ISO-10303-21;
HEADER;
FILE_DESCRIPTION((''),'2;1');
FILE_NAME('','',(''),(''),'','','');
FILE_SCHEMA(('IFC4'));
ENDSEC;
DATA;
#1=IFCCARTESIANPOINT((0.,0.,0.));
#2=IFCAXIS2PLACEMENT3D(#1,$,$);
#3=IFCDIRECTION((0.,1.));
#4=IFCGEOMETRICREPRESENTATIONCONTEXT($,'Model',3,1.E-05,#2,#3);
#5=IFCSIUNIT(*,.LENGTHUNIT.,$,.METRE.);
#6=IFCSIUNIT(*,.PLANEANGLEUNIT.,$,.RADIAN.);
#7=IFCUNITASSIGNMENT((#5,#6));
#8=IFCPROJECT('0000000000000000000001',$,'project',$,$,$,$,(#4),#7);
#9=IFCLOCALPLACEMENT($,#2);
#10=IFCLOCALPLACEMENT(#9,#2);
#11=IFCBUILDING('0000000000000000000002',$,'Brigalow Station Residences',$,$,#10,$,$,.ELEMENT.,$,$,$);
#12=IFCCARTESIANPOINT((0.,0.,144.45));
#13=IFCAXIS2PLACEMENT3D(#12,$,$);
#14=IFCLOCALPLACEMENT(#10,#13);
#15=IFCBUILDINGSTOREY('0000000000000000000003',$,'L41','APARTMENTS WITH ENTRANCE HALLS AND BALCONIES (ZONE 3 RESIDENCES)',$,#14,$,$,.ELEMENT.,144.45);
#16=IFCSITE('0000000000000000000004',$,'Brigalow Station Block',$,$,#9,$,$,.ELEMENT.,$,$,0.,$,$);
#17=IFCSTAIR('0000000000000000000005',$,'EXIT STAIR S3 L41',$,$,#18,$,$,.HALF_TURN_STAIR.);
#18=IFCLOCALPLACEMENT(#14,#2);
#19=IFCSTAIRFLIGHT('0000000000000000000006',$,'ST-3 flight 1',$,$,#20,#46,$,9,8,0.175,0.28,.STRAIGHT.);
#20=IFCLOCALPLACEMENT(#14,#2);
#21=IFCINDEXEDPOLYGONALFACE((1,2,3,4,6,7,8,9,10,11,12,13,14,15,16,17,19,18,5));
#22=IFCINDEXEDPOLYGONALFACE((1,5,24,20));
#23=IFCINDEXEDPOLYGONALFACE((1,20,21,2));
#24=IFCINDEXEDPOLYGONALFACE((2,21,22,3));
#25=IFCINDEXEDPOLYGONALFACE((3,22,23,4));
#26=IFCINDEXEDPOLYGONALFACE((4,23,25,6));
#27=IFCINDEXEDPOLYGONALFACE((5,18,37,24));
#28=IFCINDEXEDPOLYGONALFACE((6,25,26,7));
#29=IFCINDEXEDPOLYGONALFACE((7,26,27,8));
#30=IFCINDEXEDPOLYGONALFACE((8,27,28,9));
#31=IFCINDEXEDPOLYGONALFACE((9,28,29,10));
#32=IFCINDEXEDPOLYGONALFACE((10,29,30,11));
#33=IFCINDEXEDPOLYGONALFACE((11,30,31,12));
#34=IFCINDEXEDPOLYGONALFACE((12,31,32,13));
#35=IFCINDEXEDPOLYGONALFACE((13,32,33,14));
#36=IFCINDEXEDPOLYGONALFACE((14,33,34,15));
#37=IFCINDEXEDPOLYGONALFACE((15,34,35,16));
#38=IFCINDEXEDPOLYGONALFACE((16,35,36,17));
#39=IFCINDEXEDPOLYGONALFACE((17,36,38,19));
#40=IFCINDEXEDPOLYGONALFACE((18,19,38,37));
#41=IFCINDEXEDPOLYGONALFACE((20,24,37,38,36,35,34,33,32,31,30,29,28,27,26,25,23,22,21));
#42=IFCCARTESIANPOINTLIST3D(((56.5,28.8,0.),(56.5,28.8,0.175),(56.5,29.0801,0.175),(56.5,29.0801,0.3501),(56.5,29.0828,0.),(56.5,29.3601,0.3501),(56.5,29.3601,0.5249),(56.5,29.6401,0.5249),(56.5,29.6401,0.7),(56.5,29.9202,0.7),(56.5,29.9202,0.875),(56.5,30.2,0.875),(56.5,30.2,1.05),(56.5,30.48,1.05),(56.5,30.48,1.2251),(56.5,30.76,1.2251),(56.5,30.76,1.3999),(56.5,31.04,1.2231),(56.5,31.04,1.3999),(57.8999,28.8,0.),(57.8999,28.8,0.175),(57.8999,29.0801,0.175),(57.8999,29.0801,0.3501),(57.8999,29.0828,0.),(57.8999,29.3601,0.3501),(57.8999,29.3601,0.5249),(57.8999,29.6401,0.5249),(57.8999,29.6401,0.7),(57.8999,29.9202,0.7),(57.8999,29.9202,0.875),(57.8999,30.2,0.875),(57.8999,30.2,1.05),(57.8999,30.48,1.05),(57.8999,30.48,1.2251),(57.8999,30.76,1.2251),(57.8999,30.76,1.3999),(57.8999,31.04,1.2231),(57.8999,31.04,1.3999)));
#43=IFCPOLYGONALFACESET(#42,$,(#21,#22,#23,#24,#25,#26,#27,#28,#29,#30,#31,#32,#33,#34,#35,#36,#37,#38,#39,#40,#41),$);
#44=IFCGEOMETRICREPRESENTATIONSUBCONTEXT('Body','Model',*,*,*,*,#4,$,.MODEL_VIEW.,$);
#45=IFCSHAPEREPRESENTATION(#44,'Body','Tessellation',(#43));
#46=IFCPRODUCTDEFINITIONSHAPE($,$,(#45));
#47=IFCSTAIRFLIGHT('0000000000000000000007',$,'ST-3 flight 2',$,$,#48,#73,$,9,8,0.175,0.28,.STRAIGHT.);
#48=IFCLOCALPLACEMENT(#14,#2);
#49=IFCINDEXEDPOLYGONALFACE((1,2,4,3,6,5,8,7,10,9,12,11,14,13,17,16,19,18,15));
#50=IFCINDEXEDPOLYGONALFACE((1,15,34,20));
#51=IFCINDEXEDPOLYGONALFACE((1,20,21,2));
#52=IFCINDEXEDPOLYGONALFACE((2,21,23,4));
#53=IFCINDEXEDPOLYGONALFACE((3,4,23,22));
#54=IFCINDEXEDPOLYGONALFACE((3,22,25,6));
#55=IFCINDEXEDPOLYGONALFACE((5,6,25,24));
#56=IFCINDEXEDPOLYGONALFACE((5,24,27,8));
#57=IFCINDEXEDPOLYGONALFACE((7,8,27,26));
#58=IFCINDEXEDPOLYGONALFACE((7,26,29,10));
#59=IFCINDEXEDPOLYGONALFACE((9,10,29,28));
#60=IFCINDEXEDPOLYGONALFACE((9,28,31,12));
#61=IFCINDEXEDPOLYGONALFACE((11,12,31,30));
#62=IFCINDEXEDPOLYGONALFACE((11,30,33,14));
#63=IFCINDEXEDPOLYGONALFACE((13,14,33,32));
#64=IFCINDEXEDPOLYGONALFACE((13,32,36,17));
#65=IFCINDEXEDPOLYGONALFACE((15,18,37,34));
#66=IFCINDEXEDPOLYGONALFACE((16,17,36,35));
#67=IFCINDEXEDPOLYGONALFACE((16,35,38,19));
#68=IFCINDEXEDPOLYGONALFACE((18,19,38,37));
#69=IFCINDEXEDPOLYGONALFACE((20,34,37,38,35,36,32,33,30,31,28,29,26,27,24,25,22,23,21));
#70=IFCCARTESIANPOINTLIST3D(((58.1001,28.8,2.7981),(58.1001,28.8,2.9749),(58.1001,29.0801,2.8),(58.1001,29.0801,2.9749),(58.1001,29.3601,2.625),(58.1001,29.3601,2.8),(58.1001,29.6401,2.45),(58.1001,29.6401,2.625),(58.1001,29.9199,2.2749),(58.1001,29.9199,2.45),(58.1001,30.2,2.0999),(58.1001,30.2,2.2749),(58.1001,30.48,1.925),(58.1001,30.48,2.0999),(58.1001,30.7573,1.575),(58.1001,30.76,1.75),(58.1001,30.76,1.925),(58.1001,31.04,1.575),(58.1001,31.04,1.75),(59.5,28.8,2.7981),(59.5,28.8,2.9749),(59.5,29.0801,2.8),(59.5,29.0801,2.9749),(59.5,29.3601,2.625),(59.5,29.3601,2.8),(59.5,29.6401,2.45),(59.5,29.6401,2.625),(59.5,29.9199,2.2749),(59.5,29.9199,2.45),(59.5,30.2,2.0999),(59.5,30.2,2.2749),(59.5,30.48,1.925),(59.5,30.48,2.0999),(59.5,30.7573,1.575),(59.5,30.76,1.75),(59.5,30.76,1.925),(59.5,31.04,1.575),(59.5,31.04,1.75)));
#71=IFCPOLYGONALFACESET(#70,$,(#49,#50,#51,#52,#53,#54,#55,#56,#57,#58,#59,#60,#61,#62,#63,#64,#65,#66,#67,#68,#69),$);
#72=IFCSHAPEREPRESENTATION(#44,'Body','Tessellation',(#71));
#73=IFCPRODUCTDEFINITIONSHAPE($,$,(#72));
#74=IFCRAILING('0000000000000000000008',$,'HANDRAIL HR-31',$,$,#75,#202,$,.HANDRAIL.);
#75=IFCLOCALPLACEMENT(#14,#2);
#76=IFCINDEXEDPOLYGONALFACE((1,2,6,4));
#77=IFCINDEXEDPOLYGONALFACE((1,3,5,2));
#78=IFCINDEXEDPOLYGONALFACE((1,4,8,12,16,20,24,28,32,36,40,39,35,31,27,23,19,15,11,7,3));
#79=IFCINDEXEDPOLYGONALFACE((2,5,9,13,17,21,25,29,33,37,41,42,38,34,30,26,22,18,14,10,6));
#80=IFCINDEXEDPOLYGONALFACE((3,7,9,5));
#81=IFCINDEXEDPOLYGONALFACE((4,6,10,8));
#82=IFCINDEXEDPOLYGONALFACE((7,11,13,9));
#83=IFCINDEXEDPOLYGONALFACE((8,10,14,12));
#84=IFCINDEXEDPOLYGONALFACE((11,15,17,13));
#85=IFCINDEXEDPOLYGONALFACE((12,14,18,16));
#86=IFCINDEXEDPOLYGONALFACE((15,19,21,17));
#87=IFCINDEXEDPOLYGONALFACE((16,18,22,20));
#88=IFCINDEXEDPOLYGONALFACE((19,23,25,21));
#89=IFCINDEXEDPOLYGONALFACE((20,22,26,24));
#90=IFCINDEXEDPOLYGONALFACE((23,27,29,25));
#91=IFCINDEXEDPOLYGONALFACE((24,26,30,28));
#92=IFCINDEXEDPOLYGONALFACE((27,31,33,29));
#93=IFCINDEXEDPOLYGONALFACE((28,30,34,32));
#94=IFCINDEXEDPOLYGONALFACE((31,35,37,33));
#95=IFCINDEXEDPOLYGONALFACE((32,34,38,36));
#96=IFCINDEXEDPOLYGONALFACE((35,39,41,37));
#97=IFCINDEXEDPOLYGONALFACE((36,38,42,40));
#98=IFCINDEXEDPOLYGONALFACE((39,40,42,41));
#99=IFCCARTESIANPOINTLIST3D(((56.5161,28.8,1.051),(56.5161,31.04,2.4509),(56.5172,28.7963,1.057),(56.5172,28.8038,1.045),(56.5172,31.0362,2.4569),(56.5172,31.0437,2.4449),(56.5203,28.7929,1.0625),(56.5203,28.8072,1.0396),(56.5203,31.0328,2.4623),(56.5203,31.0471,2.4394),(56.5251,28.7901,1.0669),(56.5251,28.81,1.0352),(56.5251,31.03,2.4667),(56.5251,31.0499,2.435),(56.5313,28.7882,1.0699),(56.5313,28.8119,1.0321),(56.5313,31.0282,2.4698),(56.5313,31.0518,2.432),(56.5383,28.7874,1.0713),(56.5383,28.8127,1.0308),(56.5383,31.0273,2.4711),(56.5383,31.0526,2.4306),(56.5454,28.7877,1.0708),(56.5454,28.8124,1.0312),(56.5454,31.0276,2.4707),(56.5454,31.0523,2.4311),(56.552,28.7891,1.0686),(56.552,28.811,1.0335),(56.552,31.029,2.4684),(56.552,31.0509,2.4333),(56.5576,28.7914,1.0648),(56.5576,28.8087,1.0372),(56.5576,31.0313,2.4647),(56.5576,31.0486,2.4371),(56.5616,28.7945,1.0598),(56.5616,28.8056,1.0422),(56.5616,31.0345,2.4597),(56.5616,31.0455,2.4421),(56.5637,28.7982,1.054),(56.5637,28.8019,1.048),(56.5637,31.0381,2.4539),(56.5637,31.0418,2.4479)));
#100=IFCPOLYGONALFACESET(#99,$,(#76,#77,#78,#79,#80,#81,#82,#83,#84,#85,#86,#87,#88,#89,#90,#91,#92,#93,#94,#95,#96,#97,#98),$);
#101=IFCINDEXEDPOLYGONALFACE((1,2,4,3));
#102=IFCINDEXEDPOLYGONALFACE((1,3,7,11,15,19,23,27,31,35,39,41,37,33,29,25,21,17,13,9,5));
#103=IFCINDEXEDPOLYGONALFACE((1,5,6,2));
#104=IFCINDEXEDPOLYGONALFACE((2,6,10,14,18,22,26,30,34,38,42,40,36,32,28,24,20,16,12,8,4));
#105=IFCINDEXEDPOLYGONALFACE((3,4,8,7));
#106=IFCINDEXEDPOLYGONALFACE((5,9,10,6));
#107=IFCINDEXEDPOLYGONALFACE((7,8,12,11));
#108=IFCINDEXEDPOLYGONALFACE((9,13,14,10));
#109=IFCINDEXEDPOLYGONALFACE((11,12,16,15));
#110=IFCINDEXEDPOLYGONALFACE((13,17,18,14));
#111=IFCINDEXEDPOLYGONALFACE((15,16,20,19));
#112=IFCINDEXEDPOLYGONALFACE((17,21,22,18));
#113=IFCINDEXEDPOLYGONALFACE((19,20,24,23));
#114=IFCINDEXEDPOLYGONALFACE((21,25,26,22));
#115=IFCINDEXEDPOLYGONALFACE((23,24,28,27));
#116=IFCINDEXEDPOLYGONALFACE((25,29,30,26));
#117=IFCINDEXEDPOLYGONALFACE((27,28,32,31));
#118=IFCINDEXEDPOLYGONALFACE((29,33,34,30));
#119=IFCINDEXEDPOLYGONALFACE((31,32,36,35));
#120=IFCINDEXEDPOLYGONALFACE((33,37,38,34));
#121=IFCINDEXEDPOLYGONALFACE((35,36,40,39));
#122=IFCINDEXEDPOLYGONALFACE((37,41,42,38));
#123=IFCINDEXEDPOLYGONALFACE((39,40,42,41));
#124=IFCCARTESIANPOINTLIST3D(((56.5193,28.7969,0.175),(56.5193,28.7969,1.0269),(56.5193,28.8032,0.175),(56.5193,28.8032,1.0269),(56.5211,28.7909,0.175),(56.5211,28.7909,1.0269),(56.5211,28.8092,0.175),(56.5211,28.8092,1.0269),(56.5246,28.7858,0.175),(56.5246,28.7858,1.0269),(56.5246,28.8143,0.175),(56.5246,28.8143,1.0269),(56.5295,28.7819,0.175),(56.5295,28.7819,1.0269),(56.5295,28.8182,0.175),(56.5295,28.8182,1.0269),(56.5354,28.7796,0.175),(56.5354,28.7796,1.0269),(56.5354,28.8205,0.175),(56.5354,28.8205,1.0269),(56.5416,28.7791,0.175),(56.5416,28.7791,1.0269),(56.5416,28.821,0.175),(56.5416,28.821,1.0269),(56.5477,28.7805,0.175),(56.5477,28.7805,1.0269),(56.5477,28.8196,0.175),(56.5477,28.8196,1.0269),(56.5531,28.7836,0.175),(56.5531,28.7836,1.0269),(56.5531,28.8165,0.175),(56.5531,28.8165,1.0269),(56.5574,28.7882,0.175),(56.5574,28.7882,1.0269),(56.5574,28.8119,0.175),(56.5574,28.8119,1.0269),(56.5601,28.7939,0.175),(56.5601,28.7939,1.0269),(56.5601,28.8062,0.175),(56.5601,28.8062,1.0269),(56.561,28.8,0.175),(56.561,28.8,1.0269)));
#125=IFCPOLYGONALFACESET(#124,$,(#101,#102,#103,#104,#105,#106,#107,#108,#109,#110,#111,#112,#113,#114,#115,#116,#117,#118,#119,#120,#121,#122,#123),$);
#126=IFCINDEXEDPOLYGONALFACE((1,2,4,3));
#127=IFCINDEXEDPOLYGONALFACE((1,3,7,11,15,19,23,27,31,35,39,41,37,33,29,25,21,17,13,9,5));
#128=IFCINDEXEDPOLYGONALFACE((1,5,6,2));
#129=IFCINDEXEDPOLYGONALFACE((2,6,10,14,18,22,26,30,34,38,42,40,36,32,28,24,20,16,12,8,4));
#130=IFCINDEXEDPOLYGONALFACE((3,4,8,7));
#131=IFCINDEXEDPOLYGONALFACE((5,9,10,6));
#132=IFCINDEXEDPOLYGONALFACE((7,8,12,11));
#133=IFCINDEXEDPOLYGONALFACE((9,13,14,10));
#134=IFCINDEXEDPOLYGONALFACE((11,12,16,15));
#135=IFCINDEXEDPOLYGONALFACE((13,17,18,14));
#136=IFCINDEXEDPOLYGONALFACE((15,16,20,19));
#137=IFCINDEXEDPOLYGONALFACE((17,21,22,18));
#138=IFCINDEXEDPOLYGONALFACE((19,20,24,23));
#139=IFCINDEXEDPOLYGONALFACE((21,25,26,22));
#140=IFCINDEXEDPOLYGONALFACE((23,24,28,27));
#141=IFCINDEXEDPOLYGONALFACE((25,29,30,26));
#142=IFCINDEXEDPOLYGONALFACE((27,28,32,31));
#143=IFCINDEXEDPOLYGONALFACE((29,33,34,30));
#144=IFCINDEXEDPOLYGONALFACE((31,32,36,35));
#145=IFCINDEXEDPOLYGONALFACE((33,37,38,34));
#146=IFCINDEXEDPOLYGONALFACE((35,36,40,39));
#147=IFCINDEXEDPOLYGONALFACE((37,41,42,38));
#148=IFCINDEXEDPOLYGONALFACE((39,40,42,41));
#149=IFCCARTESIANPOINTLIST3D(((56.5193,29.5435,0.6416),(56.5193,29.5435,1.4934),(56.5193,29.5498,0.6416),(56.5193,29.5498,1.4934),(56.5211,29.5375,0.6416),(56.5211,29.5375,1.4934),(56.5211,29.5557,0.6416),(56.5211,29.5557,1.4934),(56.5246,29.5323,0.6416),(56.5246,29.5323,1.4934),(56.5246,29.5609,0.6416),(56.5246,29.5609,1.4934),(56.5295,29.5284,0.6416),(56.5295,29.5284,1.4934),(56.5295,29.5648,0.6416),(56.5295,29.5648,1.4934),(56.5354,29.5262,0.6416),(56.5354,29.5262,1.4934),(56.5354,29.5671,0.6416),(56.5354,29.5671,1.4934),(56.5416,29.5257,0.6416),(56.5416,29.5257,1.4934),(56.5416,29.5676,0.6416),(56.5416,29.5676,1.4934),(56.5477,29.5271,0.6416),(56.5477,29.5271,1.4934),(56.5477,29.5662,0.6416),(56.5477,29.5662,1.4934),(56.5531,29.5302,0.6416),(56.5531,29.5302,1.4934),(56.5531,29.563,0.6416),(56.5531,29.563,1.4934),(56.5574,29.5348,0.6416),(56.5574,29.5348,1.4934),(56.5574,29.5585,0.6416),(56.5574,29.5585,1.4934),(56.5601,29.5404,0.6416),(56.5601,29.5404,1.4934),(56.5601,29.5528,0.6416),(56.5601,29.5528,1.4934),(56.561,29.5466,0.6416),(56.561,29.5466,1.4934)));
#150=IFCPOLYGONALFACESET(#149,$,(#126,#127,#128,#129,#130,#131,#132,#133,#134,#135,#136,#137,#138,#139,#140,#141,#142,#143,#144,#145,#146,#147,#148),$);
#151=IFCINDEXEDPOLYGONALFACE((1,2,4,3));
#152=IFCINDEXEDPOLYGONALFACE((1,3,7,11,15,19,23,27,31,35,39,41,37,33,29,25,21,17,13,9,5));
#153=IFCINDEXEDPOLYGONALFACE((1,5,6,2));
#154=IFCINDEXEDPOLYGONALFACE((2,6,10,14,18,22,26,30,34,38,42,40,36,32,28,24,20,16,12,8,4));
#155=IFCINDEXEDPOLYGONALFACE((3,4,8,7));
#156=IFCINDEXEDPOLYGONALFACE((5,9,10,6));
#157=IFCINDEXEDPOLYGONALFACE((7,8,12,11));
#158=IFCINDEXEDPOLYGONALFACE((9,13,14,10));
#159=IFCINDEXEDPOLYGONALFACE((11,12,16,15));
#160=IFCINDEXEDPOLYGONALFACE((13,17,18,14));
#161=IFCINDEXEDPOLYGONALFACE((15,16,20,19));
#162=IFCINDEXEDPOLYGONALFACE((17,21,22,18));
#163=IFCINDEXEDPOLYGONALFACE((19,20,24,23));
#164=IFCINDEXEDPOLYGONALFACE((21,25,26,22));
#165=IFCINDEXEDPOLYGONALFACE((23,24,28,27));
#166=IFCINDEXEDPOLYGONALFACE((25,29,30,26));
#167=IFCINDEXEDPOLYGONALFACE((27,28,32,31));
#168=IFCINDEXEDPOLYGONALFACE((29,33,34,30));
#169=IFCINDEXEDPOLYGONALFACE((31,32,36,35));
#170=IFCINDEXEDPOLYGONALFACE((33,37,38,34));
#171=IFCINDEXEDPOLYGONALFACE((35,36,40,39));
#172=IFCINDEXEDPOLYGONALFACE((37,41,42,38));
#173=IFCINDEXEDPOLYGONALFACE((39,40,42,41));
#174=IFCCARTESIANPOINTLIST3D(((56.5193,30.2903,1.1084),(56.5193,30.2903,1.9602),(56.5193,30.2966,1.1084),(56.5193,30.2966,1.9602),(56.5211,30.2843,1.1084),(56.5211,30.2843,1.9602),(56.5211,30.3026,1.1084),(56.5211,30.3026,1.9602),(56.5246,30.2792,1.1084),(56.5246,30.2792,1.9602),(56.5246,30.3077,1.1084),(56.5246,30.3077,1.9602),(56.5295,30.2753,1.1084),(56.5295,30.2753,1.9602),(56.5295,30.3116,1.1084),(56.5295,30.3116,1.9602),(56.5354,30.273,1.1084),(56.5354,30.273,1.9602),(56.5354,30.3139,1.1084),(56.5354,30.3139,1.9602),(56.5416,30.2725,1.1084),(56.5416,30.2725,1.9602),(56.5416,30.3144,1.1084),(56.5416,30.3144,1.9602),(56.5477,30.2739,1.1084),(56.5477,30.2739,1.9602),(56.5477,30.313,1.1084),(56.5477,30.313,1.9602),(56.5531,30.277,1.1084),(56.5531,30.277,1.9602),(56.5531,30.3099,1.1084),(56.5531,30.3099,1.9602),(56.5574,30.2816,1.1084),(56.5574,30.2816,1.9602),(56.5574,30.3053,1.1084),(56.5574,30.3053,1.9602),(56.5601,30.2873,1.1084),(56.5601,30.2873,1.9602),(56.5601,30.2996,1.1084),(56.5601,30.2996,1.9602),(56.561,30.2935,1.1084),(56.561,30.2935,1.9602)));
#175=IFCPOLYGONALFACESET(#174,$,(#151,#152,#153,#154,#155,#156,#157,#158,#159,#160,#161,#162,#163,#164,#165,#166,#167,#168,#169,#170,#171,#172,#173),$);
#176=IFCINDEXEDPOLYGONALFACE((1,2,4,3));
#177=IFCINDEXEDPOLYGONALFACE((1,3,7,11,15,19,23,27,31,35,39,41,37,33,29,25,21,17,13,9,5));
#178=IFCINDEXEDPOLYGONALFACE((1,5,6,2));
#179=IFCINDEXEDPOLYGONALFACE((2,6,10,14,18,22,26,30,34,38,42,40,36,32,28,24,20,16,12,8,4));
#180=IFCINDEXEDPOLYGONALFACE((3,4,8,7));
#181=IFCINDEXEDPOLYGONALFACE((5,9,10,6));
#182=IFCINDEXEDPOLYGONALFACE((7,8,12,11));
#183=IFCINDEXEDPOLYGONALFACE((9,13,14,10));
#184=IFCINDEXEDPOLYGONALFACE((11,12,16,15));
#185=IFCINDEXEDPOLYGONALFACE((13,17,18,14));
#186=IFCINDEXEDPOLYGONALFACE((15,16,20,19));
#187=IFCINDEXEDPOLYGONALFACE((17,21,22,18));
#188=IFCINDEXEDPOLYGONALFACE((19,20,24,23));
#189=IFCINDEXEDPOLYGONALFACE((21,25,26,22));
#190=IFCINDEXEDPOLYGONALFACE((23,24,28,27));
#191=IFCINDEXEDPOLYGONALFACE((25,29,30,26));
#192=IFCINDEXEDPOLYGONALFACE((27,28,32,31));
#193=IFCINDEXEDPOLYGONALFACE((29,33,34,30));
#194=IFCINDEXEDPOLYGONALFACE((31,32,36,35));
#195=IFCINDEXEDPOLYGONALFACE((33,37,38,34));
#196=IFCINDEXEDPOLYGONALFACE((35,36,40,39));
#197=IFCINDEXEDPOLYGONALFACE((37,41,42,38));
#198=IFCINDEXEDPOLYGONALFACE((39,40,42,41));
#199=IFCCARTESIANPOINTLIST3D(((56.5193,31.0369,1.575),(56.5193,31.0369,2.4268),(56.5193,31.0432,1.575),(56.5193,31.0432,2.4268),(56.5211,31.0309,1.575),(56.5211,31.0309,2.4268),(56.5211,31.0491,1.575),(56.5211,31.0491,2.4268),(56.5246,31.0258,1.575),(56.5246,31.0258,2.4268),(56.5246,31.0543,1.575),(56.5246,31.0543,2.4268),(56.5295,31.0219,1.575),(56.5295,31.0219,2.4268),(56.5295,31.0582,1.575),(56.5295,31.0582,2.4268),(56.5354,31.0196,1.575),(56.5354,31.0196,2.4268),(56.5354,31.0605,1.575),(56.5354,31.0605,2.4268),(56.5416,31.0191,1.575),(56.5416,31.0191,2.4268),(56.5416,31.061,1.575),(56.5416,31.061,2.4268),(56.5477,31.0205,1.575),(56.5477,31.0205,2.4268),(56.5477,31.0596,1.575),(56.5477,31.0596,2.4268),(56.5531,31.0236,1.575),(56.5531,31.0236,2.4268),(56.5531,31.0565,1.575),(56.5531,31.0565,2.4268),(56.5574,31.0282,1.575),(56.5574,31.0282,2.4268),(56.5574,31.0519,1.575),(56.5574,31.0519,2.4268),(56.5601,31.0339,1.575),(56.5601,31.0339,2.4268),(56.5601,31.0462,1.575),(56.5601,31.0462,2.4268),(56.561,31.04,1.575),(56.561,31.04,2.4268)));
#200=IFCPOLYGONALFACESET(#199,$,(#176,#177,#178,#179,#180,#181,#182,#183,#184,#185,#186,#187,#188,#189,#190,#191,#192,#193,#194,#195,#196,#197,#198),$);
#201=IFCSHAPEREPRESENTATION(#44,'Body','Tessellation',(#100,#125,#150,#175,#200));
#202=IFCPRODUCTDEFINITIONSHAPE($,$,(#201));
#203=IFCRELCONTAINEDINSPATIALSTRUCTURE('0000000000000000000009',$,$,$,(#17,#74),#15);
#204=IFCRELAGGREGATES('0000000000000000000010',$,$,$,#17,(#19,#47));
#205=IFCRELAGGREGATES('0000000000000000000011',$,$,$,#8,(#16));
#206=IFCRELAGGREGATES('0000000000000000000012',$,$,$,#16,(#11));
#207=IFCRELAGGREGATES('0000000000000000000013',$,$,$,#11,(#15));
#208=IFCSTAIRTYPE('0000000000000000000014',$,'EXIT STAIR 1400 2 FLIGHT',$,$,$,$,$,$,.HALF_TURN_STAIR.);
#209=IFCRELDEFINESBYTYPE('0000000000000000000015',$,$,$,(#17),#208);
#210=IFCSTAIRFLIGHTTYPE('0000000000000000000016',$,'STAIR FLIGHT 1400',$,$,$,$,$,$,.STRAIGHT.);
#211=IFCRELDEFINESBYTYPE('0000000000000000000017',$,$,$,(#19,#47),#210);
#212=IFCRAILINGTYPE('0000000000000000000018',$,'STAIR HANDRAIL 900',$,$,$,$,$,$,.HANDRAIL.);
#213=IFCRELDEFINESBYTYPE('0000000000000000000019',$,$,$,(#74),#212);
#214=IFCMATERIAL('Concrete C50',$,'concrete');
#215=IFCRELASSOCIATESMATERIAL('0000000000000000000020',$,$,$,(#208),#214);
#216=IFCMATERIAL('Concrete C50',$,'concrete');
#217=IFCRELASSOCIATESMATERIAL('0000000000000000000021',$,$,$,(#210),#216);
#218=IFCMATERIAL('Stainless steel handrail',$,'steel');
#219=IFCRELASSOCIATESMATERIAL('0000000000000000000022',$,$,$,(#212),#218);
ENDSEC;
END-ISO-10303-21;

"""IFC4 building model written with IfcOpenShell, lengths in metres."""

from ifc_helpers import new_model, si_unit, direction, frame, origin, origin_2d, place, context, subcontext, project, spatial, polyline, circle, outline, extrude, material, type_object, element, aggregate, save


model = new_model("IFC4")

# Units and contexts
model_context = context("Model", 3, precision=1e-05, world=origin(), true_north=direction((0.0, 1.0)))
body_context = subcontext(model_context, "Body", "Model", "MODEL_VIEW")
ifc_project = project(units=[si_unit("LENGTHUNIT", "METRE"), si_unit("PLANEANGLEUNIT", "RADIAN")], contexts=[model_context])

# Site, building, storey
site_placement = place(None, origin())
site = spatial("IfcSite", under=ifc_project, at=site_placement, Name="Brigalow Station Block", CompositionType="ELEMENT", RefElevation=0.0)
building_placement = place(site_placement, origin())
building = spatial("IfcBuilding", under=site, at=building_placement, Name="Brigalow Station Residences", CompositionType="ELEMENT")
storey_placement = place(building_placement, frame((0.0, 0.0, 144.45)))
storey = spatial("IfcBuildingStorey", under=building, at=storey_placement, Name="L41", Description="APARTMENTS WITH ENTRANCE HALLS AND BALCONIES (ZONE 3 RESIDENCES)", CompositionType="ELEMENT", Elevation=144.45)

# Stair, stair flights
ifc_material_1 = material(Name="Concrete C50", Category="concrete")
stair_type = type_object("IfcStairType", Name="EXIT STAIR 1400 2 FLIGHT", PredefinedType="HALF_TURN_STAIR", material=ifc_material_1)
stair_placement = place(storey_placement, origin())
stair = element("IfcStair", 1, at=stair_placement, inside=storey, type_object=stair_type, Name="EXIT STAIR S3 L41", PredefinedType="HALF_TURN_STAIR")
ifc_material_2 = material(Name="Concrete C50", Category="concrete")
stair_flight_type = type_object("IfcStairFlightType", Name="STAIR FLIGHT 1400", PredefinedType="STRAIGHT", material=ifc_material_2)
stair_flight_1_placement = place(storey_placement, frame((57.2, 28.8, 0.0), z_axis=(0.0, 0.0, 1.0), x_axis=(0.0, 1.0, 0.0)))
stair_flight_1 = element("IfcStairFlight", 2, at=stair_flight_1_placement, type_object=stair_flight_type, Name="ST-3 flight 1", NumberOfRisers=9, NumberOfTreads=8, PredefinedType="STRAIGHT", RiserHeight=0.175, TreadLength=0.28, context=body_context, shape_type="SweptSolid", body=[
    extrude(outline(polyline([(0.0, 0.0), (0.0, 0.175), (0.28, 0.175), (0.28, 0.3501), (0.5601, 0.3501), (0.5601, 0.5249), (0.8401, 0.5249), (0.8401, 0.7), (1.1201, 0.7), (1.1201, 0.875), (1.3999, 0.875), (1.3999, 1.05), (1.6799, 1.05), (1.6799, 1.2251), (1.96, 1.2251), (1.96, 1.3999), (2.24, 1.3999), (2.24, 1.575), (2.24, 1.2231), (0.2827, 0.0), (0.0, 0.0)])), frame((0.0, 0.7, 0.0), z_axis=(0.0, -1.0, 0.0), x_axis=(1.0, 0.0, 0.0)), (0.0, 0.0, 1.0), 1.3999),
])
stair_flight_2_placement = place(storey_placement, frame((58.8, 31.04, 1.575), z_axis=(0.0, 0.0, 1.0), x_axis=(0.0, -1.0, 0.0)))
stair_flight_2 = element("IfcStairFlight", 3, at=stair_flight_2_placement, type_object=stair_flight_type, Name="ST-3 flight 2", NumberOfRisers=9, NumberOfTreads=8, PredefinedType="STRAIGHT", RiserHeight=0.175, TreadLength=0.28, context=body_context, shape_type="SweptSolid", body=[
    extrude(outline(polyline([(0.0, 0.0), (0.0, 0.175), (0.28, 0.175), (0.28, 0.3501), (0.5601, 0.3501), (0.5601, 0.5249), (0.8401, 0.5249), (0.8401, 0.7), (1.1201, 0.7), (1.1201, 0.875), (1.3999, 0.875), (1.3999, 1.05), (1.6799, 1.05), (1.6799, 1.2251), (1.96, 1.2251), (1.96, 1.3999), (2.24, 1.3999), (2.24, 1.575), (2.24, 1.2231), (0.2827, 0.0), (0.0, 0.0)])), frame((0.0, 0.7, 0.0), z_axis=(0.0, -1.0, 0.0), x_axis=(1.0, 0.0, 0.0)), (0.0, 0.0, 1.0), 1.3999),
])
aggregate(stair, [stair_flight_1, stair_flight_2])

# Railing
ifc_material_3 = material(Name="Stainless steel handrail", Category="steel")
railing_type_1 = type_object("IfcRailingType", Name="STAIR HANDRAIL 900", PredefinedType="HANDRAIL", material=ifc_material_3)
railing_1_placement = place(storey_placement, frame((56.54, 28.8, 0.175)))
element("IfcRailing", 4, at=railing_1_placement, inside=storey, type_object=railing_type_1, Name="HANDRAIL HR-31", PredefinedType="HANDRAIL", context=body_context, shape_type="SweptSolid", body=[
    extrude(circle(Radius=0.0239, at=origin_2d()), frame((0.0, 0.0, 0.876), z_axis=(0.0, 0.848014, 0.529974), x_axis=(-1.0, 0.0, 0.0)), (0.0, 0.0, 1.0), 2.6414),
    extrude(circle(Radius=0.021, at=origin_2d()), origin(), (0.0, 0.0, 1.0), 0.8518),
    extrude(circle(Radius=0.021, at=origin_2d()), frame((0.0, 0.7466, 0.4666)), (0.0, 0.0, 1.0), 0.8518),
    extrude(circle(Radius=0.021, at=origin_2d()), frame((0.0, 1.4934, 0.9333)), (0.0, 0.0, 1.0), 0.8518),
    extrude(circle(Radius=0.021, at=origin_2d()), frame((0.0, 2.24, 1.3999)), (0.0, 0.0, 1.0), 0.8518),
])

save(model, "model.ifc")
